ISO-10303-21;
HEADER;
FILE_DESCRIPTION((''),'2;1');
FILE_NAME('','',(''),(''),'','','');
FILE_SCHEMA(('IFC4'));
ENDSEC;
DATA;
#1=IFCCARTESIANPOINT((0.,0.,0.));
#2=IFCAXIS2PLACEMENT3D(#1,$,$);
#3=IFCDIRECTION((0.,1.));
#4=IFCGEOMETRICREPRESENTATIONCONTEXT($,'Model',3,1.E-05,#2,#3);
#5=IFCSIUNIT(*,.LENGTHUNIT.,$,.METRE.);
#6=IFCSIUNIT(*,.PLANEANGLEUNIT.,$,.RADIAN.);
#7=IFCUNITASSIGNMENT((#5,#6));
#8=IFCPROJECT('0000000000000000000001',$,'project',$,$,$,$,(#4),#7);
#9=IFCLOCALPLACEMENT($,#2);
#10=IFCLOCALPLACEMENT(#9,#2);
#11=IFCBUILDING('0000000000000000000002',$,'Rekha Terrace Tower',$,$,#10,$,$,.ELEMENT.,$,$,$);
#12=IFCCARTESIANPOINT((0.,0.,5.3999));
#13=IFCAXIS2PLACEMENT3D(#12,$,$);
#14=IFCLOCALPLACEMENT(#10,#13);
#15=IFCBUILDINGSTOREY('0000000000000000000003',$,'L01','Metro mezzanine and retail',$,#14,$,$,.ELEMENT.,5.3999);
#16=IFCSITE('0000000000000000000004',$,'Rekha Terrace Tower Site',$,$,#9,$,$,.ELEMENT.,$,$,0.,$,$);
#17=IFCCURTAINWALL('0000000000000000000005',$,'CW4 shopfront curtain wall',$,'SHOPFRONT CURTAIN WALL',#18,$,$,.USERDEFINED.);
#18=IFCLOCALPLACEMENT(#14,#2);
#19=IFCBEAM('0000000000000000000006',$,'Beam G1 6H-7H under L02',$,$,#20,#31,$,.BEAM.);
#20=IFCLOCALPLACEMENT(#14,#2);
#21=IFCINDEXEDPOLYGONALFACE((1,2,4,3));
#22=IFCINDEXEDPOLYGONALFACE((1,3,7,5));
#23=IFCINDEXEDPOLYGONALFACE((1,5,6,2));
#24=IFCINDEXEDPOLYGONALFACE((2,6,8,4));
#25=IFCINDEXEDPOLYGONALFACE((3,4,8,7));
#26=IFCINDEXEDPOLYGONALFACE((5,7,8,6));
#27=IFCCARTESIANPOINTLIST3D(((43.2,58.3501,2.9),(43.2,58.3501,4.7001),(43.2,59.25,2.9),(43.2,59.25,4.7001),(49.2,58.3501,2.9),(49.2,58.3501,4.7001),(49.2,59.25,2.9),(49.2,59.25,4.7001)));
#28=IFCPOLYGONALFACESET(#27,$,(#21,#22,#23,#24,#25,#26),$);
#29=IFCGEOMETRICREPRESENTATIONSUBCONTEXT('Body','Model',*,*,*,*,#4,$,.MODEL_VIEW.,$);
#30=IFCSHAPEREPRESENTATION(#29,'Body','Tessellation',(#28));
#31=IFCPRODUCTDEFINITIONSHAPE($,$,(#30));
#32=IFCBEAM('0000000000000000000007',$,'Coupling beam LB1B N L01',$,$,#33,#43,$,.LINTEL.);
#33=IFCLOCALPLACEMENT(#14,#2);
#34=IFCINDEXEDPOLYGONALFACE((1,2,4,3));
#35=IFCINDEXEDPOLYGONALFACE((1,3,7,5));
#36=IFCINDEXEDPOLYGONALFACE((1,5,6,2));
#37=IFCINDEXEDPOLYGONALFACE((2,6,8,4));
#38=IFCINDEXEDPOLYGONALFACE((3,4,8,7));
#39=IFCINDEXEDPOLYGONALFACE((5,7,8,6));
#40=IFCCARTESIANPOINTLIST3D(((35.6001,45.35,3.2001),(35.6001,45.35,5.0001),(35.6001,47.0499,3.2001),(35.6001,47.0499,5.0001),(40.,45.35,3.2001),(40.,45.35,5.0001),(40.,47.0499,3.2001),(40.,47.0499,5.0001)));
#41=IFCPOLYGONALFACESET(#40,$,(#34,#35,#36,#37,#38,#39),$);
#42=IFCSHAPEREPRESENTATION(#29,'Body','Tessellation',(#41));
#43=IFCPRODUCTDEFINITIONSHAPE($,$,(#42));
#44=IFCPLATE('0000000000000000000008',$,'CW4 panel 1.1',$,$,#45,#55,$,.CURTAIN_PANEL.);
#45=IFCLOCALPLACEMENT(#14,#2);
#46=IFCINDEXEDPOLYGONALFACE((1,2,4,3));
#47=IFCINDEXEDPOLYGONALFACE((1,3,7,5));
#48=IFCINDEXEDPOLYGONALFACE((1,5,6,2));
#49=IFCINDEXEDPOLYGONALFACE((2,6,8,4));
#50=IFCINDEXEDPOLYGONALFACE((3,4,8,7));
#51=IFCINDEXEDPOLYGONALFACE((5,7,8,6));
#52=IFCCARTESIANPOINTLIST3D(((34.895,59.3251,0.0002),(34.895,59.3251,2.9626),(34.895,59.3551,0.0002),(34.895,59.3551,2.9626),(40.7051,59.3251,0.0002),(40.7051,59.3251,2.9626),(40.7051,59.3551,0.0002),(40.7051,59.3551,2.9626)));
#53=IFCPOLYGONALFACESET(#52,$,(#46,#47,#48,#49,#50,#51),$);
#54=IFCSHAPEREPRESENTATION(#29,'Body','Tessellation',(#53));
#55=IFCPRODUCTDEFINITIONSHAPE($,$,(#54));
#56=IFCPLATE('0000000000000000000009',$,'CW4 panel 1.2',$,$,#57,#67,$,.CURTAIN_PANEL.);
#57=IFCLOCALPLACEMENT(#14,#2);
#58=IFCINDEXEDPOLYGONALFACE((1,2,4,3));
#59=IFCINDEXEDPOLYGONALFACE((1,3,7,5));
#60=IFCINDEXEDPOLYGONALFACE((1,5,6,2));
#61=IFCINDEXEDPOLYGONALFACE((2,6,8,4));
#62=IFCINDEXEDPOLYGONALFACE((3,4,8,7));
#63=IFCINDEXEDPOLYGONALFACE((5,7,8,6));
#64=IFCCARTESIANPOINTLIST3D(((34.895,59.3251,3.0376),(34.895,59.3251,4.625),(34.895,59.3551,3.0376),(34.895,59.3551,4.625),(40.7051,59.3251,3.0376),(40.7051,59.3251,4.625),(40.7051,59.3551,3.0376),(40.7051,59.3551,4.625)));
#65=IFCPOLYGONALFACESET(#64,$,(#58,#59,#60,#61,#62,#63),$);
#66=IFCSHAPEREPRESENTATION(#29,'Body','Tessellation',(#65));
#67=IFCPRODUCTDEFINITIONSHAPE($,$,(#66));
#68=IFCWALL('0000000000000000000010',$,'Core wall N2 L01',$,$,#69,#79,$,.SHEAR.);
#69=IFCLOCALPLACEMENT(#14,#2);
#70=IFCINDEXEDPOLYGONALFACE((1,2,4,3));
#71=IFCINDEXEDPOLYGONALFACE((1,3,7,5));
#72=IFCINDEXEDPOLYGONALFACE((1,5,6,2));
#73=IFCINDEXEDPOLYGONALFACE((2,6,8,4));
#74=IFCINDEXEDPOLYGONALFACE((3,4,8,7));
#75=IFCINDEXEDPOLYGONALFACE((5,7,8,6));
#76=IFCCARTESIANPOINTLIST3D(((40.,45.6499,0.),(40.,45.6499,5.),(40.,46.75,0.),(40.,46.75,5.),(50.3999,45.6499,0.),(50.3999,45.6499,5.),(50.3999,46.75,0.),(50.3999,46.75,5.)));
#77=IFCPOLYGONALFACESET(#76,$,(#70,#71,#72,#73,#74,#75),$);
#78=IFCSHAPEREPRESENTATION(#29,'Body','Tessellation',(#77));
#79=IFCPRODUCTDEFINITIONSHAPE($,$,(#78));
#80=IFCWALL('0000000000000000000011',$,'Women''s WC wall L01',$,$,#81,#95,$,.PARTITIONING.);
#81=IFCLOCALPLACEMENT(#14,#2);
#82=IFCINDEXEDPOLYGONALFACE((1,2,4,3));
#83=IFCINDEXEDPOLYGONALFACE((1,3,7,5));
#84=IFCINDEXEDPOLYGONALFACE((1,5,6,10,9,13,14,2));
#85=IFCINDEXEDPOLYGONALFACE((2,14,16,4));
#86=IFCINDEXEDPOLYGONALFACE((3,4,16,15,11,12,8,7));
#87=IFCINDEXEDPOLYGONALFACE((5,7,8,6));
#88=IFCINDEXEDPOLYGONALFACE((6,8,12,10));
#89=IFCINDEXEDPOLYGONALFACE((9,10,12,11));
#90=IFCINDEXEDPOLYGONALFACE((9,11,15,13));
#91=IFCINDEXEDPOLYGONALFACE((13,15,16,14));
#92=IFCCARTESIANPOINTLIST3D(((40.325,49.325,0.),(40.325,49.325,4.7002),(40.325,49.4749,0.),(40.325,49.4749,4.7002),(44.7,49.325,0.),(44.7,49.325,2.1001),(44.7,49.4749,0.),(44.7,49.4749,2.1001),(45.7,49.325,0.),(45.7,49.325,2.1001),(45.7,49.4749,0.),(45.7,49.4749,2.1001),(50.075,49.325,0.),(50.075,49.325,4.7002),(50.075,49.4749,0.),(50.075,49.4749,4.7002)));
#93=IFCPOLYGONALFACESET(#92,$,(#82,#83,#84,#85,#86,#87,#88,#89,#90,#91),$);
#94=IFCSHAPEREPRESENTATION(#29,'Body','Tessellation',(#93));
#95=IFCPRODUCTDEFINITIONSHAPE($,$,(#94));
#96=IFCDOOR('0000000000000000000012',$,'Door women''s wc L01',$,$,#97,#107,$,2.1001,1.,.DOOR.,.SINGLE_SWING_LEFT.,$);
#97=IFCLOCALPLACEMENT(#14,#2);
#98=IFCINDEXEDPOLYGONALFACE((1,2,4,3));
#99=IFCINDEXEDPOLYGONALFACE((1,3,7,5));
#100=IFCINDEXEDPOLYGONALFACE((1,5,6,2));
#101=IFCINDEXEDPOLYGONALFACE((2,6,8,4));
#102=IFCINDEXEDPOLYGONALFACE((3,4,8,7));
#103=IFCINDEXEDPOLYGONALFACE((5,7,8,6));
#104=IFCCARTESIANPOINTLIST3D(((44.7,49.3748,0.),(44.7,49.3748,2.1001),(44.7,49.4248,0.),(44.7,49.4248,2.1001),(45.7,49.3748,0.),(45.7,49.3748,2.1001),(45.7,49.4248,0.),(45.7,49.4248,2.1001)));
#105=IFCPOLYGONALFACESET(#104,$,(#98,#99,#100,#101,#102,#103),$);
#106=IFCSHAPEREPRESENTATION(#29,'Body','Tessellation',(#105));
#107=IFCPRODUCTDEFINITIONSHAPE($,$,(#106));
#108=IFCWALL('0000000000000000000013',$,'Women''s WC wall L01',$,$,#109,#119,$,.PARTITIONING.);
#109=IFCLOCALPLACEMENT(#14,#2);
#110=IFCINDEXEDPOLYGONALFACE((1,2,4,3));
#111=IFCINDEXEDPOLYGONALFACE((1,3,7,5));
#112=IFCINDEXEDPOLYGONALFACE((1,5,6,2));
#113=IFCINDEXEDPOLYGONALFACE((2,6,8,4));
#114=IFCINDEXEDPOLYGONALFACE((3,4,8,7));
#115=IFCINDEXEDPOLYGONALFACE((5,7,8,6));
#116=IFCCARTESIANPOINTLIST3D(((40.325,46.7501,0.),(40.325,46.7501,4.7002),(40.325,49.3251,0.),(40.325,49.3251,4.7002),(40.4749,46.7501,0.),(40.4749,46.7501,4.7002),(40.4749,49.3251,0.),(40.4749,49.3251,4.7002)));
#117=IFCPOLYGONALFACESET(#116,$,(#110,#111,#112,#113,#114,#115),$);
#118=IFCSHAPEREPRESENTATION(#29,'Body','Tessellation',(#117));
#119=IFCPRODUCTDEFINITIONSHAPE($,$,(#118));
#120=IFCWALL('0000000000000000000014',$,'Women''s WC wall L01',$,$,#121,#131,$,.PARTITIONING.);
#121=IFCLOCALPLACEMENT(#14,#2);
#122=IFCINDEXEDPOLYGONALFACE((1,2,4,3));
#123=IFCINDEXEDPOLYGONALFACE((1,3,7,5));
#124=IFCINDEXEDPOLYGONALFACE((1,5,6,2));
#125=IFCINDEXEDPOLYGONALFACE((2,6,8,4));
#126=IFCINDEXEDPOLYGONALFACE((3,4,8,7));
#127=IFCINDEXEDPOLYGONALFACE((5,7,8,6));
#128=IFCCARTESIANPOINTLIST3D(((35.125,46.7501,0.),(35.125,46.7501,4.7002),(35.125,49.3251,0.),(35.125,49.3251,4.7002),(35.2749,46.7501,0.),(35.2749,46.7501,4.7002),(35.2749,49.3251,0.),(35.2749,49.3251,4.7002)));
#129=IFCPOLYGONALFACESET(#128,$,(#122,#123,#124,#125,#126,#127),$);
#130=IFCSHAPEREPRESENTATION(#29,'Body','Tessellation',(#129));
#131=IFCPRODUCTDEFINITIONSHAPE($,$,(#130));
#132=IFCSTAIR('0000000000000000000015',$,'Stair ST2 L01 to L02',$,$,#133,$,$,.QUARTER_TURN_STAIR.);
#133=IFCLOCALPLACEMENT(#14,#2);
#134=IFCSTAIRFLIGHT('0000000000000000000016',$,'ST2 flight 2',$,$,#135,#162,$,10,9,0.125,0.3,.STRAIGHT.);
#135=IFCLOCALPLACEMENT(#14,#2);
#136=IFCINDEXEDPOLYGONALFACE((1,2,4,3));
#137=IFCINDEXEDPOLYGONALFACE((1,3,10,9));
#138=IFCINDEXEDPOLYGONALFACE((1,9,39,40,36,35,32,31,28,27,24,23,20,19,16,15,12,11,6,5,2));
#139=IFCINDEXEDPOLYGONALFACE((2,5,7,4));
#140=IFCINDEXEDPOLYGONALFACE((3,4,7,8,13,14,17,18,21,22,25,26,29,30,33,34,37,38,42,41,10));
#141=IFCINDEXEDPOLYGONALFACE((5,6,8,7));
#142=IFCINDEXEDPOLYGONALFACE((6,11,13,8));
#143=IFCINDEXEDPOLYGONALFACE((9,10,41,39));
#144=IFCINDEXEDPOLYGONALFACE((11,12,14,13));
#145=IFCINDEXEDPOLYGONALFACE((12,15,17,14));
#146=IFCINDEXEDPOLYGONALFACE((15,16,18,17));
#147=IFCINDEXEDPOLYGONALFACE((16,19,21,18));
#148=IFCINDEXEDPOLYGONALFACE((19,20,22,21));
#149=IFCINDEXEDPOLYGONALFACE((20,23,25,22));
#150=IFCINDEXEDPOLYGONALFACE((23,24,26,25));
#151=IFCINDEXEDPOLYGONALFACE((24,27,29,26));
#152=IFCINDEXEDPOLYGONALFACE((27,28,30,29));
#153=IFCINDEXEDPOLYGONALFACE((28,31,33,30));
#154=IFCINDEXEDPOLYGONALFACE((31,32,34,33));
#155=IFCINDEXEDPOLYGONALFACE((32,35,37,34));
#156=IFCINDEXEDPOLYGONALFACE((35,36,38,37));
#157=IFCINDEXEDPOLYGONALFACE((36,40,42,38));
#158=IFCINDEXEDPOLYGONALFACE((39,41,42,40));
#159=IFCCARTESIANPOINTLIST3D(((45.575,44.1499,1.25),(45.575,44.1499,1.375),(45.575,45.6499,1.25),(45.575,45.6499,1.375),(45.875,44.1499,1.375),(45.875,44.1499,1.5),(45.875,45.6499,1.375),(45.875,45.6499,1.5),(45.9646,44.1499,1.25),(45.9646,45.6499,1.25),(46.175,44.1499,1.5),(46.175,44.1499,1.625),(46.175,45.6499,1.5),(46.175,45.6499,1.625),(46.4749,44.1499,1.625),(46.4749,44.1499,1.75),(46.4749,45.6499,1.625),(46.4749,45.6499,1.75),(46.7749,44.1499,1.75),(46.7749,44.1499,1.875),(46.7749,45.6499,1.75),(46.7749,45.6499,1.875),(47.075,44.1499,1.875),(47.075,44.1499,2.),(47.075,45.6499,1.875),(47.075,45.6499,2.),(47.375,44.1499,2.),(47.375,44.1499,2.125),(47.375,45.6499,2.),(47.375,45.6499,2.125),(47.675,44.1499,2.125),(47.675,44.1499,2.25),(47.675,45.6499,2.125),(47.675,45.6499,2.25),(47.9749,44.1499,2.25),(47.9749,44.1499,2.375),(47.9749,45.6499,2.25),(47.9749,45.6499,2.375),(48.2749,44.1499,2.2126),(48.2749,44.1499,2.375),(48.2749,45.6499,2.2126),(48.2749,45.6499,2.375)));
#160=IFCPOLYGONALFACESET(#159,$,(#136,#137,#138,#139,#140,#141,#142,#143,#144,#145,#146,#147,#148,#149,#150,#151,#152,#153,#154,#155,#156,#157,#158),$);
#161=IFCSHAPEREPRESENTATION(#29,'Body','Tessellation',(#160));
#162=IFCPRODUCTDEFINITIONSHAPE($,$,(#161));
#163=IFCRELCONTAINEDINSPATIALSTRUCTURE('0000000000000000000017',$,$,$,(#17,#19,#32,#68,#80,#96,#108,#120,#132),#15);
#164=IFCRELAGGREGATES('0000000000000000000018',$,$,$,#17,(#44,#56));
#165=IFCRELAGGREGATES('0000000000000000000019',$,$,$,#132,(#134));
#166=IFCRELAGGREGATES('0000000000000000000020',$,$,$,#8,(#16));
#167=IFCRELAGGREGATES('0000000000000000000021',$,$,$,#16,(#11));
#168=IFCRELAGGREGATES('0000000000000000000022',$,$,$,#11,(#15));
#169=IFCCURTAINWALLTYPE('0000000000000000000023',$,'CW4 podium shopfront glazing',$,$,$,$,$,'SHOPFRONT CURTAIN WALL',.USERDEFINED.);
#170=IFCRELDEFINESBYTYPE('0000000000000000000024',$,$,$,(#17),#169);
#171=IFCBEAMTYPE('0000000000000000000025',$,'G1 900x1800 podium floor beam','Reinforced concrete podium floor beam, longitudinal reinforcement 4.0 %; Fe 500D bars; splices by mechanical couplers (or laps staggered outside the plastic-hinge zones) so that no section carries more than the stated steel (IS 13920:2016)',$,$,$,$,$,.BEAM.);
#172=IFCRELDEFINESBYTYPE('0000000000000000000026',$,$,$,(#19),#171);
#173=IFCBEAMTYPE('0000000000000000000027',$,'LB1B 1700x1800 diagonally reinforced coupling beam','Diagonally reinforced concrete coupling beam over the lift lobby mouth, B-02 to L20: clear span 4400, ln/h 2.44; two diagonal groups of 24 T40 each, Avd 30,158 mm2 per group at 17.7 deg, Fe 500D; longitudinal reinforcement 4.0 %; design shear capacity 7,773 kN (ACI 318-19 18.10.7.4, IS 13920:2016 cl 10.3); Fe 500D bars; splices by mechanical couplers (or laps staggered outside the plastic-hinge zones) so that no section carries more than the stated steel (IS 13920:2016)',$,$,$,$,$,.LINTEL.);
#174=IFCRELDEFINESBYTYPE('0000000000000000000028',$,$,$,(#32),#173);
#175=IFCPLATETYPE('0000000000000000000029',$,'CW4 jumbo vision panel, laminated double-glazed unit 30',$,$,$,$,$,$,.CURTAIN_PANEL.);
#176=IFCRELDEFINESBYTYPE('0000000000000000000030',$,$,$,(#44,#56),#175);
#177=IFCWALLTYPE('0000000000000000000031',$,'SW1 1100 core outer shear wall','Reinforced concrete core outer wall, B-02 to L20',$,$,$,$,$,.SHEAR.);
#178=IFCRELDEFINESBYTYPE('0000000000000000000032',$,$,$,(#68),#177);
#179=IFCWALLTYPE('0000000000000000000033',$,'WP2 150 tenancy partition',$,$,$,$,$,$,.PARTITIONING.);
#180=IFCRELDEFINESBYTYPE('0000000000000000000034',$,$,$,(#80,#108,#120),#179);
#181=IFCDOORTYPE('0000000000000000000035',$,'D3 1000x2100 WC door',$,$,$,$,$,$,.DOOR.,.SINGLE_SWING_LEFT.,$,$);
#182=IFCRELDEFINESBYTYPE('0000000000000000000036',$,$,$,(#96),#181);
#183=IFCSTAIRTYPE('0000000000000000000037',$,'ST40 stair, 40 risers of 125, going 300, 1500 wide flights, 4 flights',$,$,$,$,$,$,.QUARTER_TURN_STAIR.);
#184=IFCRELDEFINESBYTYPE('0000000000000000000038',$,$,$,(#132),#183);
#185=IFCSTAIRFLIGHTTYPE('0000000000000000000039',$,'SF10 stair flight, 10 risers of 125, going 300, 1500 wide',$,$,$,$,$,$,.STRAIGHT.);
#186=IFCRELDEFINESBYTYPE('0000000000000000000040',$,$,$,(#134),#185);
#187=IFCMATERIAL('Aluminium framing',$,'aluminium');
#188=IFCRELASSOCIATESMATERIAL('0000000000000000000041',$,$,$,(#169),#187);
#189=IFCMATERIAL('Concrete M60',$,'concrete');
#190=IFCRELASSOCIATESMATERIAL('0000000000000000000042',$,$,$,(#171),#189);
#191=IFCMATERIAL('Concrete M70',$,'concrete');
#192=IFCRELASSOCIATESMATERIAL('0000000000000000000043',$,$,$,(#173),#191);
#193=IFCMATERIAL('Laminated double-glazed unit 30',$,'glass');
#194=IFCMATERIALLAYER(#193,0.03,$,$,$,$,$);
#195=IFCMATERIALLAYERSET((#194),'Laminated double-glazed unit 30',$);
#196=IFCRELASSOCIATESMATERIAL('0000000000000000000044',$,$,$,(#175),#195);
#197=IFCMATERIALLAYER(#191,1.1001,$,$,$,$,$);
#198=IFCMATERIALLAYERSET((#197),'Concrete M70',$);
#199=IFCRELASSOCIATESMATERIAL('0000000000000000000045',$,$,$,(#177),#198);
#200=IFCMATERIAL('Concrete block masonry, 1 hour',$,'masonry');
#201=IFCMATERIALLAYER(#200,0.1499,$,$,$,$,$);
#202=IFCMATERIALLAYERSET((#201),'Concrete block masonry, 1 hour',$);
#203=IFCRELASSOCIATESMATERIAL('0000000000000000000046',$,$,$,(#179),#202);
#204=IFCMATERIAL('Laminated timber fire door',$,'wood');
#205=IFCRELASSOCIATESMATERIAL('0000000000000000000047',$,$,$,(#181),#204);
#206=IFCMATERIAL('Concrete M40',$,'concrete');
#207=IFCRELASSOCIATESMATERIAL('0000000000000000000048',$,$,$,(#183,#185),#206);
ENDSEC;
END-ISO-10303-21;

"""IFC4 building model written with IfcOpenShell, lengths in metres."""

from ifc_helpers import new_model, si_unit, direction, frame, frame_2d, origin, origin_2d, place, context, subcontext, project, spatial, polyline, rectangle, outline, extrude, material, layer, layer_set, material_profile, profile_set, type_object, element, fill, aggregate, save


model = new_model("IFC4")

# Units and contexts
model_context = context("Model", 3, precision=1e-05, world=origin(), true_north=direction((0.0, 1.0)))
body_context = subcontext(model_context, "Body", "Model", "MODEL_VIEW")
ifc_project = project(units=[si_unit("LENGTHUNIT", "METRE"), si_unit("PLANEANGLEUNIT", "RADIAN")], contexts=[model_context])

# Site, building, storey
site_placement = place(None, origin())
site = spatial("IfcSite", under=ifc_project, at=site_placement, Name="Rekha Terrace Tower Site", CompositionType="ELEMENT", RefElevation=0.0)
building_placement = place(site_placement, origin())
building = spatial("IfcBuilding", under=site, at=building_placement, Name="Rekha Terrace Tower", CompositionType="ELEMENT")
storey_placement = place(building_placement, frame((0.0, 0.0, 5.3999)))
storey = spatial("IfcBuildingStorey", under=building, at=storey_placement, Name="L01", Description="Metro mezzanine and retail", CompositionType="ELEMENT", Elevation=5.3999)

# Shared definitions
ifc_material_1 = material(Name="Concrete M70", Category="concrete")

# Shared definitions
ifc_material_2 = material(Name="Aluminium framing", Category="aluminium")
curtain_wall_type = type_object("IfcCurtainWallType", Name="CW4 podium shopfront glazing", ElementType="SHOPFRONT CURTAIN WALL", PredefinedType="USERDEFINED", material=ifc_material_2)

# Curtain wall
curtain_wall_1_placement = place(storey_placement, origin())
curtain_wall_1 = element("IfcCurtainWall", 1, at=curtain_wall_1_placement, inside=storey, type_object=curtain_wall_type, Name="CW4 shopfront curtain wall", ObjectType="SHOPFRONT CURTAIN WALL", PredefinedType="USERDEFINED")

# Beams
ifc_material_3 = material(Name="Concrete M60", Category="concrete")
ifc_material_profile_1 = material_profile(ifc_material_3, rectangle(XDim=0.8999, YDim=1.8, at=origin_2d()), Name="RC 900x1800")
ifc_profile_set_1 = profile_set([ifc_material_profile_1], Name="Concrete M60")
beam_type_1 = type_object("IfcBeamType", Name="G1 900x1800 podium floor beam", Description="Reinforced concrete podium floor beam, longitudinal reinforcement 4.0 %; Fe 500D bars; splices by mechanical couplers (or laps staggered outside the plastic-hinge zones) so that no section carries more than the stated steel (IS 13920:2016)", PredefinedType="BEAM", material=ifc_profile_set_1)
for number, where, z_axis, x_axis, name in (
    (2, (43.2, 58.8, 3.8), (1.0, 0.0, 0.0), (0.0, 1.0, 0.0), "Beam G1 6H-7H under L02"),
):
    element("IfcBeam", number, at=place(storey_placement, frame(where, z_axis=z_axis, x_axis=x_axis)), inside=storey, type_object=beam_type_1, Name=name, PredefinedType="BEAM", context=body_context, shape_type="SweptSolid", body=[
        extrude(rectangle(XDim=0.8999, YDim=1.8, at=origin_2d()), origin(), (0.0, 0.0, 1.0), 6.0),
    ])
ifc_material_profile_2 = material_profile(ifc_material_1, rectangle(XDim=1.7, YDim=1.8, at=origin_2d()), Name="RC 1700x1800")
ifc_profile_set_2 = profile_set([ifc_material_profile_2], Name="Concrete M70")
beam_type_2 = type_object("IfcBeamType", Name="LB1B 1700x1800 diagonally reinforced coupling beam", Description="Diagonally reinforced concrete coupling beam over the lift lobby mouth, B-02 to L20: clear span 4400, ln/h 2.44; two diagonal groups of 24 T40 each, Avd 30,158 mm2 per group at 17.7 deg, Fe 500D; longitudinal reinforcement 4.0 %; design shear capacity 7,773 kN (ACI 318-19 18.10.7.4, IS 13920:2016 cl 10.3); Fe 500D bars; splices by mechanical couplers (or laps staggered outside the plastic-hinge zones) so that no section carries more than the stated steel (IS 13920:2016)", PredefinedType="LINTEL", material=ifc_profile_set_2)
beam_placement = place(storey_placement, frame((35.6001, 46.2, 4.1001), z_axis=(1.0, 0.0, 0.0), x_axis=(0.0, 1.0, 0.0)))
element("IfcBeam", 3, at=beam_placement, inside=storey, type_object=beam_type_2, Name="Coupling beam LB1B N L01", PredefinedType="LINTEL", context=body_context, shape_type="SweptSolid", body=[
    extrude(rectangle(XDim=1.7, YDim=1.8, at=origin_2d()), origin(), (0.0, 0.0, 1.0), 4.3999),
])

# Plates
ifc_material_4 = material(Name="Laminated double-glazed unit 30", Category="glass")
ifc_layer_1 = layer(ifc_material_4, 0.03)
ifc_layer_set_1 = layer_set([ifc_layer_1], Name="Laminated double-glazed unit 30")
plate_type = type_object("IfcPlateType", Name="CW4 jumbo vision panel, laminated double-glazed unit 30", PredefinedType="CURTAIN_PANEL", material=ifc_layer_set_1)
plate_1_placement = place(storey_placement, frame((37.8, 59.3401, 0.0002), z_axis=(0.0, 0.0, 1.0), x_axis=(-1.0, 0.0, 0.0)))
plate_1 = element("IfcPlate", 4, at=plate_1_placement, type_object=plate_type, Name="CW4 panel 1.1", PredefinedType="CURTAIN_PANEL", context=body_context, shape_type="SweptSolid", body=[
    extrude(rectangle(XDim=5.8101, YDim=0.03, at=origin_2d()), origin(), (0.0, 0.0, 1.0), 2.9624),
])
plate_2_placement = place(storey_placement, frame((37.8, 59.3401, 3.0376), z_axis=(0.0, 0.0, 1.0), x_axis=(-1.0, 0.0, 0.0)))
plate_2 = element("IfcPlate", 5, at=plate_2_placement, type_object=plate_type, Name="CW4 panel 1.2", PredefinedType="CURTAIN_PANEL", context=body_context, shape_type="SweptSolid", body=[
    extrude(rectangle(XDim=5.8101, YDim=0.03, at=origin_2d()), origin(), (0.0, 0.0, 1.0), 1.5874),
])
aggregate(curtain_wall_1, [plate_1, plate_2])

# Wall
ifc_layer_2 = layer(ifc_material_1, 1.1001)
ifc_layer_set_2 = layer_set([ifc_layer_2], Name="Concrete M70")
wall_type_1 = type_object("IfcWallType", Name="SW1 1100 core outer shear wall", Description="Reinforced concrete core outer wall, B-02 to L20", PredefinedType="SHEAR", material=ifc_layer_set_2)
wall_1_placement = place(storey_placement, frame((40.0, 46.2, 0.0), z_axis=(0.0, 0.0, 1.0), x_axis=(1.0, 0.0, 0.0)))
element("IfcWall", 6, at=wall_1_placement, inside=storey, type_object=wall_type_1, Name="Core wall N2 L01", PredefinedType="SHEAR", context=body_context, shape_type="SweptSolid", body=[
    extrude(rectangle(XDim=10.3999, YDim=1.1001, at=frame_2d((5.2, 0.0))), origin(), (0.0, 0.0, 1.0), 5.0),
])

# Wall, opening, door
ifc_material_5 = material(Name="Concrete block masonry, 1 hour", Category="masonry")
ifc_layer_3 = layer(ifc_material_5, 0.1499)
ifc_layer_set_3 = layer_set([ifc_layer_3], Name="Concrete block masonry, 1 hour")
wall_type_2 = type_object("IfcWallType", Name="WP2 150 tenancy partition", PredefinedType="PARTITIONING", material=ifc_layer_set_3)
wall_2_placement = place(storey_placement, frame((40.325, 49.3999, 0.0), z_axis=(0.0, 0.0, 1.0), x_axis=(1.0, 0.0, 0.0)))
wall_2 = element("IfcWall", 7, at=wall_2_placement, inside=storey, type_object=wall_type_2, Name="Women's WC wall L01", PredefinedType="PARTITIONING", context=body_context, shape_type="SweptSolid", body=[
    extrude(rectangle(XDim=9.75, YDim=0.1499, at=frame_2d((4.875, 0.0))), origin(), (0.0, 0.0, 1.0), 4.7002),
])
opening_placement = place(wall_2_placement, frame((4.375, 0.0, 0.0)))
opening = element("IfcOpeningElement", 8, at=opening_placement, cuts=wall_2, PredefinedType="OPENING", context=body_context, shape_type="SweptSolid", body=[
    extrude(rectangle(XDim=1.0, YDim=2.1001, at=frame_2d((0.5, 1.05))), frame((0.0, 0.085, 0.0), z_axis=(0.0, -1.0, 0.0), x_axis=(1.0, 0.0, 0.0)), (0.0, 0.0, 1.0), 0.1699),
])
ifc_material_6 = material(Name="Laminated timber fire door", Category="wood")
door_type = type_object("IfcDoorType", Name="D3 1000x2100 WC door", OperationType="SINGLE_SWING_LEFT", PredefinedType="DOOR", material=ifc_material_6)
door_placement = place(opening_placement, origin())
door = element("IfcDoor", 9, at=door_placement, inside=storey, type_object=door_type, Name="Door women's wc L01", OperationType="SINGLE_SWING_LEFT", OverallHeight=2.1001, OverallWidth=1.0, PredefinedType="DOOR", context=body_context, shape_type="SweptSolid", body=[
    extrude(rectangle(XDim=1.0, YDim=2.1001, at=frame_2d((0.5, 1.05))), frame((0.0, 0.0249, 0.0), z_axis=(0.0, -1.0, 0.0), x_axis=(1.0, 0.0, 0.0)), (0.0, 0.0, 1.0), 0.05),
])
fill(opening, door)

# Walls
for number, where, z_axis, x_axis, name in (
    (10, (40.3999, 46.75, 0.0), (0.0, 0.0, 1.0), (0.0, 1.0, 0.0), "Women's WC wall L01"),
    (11, (35.2, 46.75, 0.0), (0.0, 0.0, 1.0), (0.0, 1.0, 0.0), "Women's WC wall L01"),
):
    element("IfcWall", number, at=place(storey_placement, frame(where, z_axis=z_axis, x_axis=x_axis)), inside=storey, type_object=wall_type_2, Name=name, PredefinedType="PARTITIONING", context=body_context, shape_type="SweptSolid", body=[
        extrude(rectangle(XDim=2.575, YDim=0.1499, at=frame_2d((1.2876, 0.0))), origin(), (0.0, 0.0, 1.0), 4.7002),
    ])

# Stair, stair flight
ifc_material_7 = material(Name="Concrete M40", Category="concrete")
stair_type = type_object("IfcStairType", Name="ST40 stair, 40 risers of 125, going 300, 1500 wide flights, 4 flights", PredefinedType="QUARTER_TURN_STAIR", material=ifc_material_7)
stair_placement = place(storey_placement, origin())
stair = element("IfcStair", 12, at=stair_placement, inside=storey, type_object=stair_type, Name="Stair ST2 L01 to L02", PredefinedType="QUARTER_TURN_STAIR")
stair_flight_type = type_object("IfcStairFlightType", Name="SF10 stair flight, 10 risers of 125, going 300, 1500 wide", PredefinedType="STRAIGHT", material=ifc_material_7)
stair_flight_placement = place(storey_placement, frame((45.575, 44.8999, 1.25), z_axis=(0.0, 0.0, 1.0), x_axis=(1.0, 0.0, 0.0)))
stair_flight = element("IfcStairFlight", 13, at=stair_flight_placement, type_object=stair_flight_type, Name="ST2 flight 2", NumberOfRisers=10, NumberOfTreads=9, PredefinedType="STRAIGHT", RiserHeight=0.125, TreadLength=0.3, context=body_context, shape_type="SweptSolid", body=[
    extrude(outline(polyline([(0.0, 0.0), (0.0, 0.125), (0.3, 0.125), (0.3, 0.25), (0.6001, 0.25), (0.6001, 0.375), (0.8999, 0.375), (0.8999, 0.5), (1.2, 0.5), (1.2, 0.625), (1.5, 0.625), (1.5, 0.75), (1.8, 0.75), (1.8, 0.875), (2.1001, 0.875), (2.1001, 1.0), (2.3999, 1.0), (2.3999, 1.125), (2.7, 1.125), (2.7, 1.25), (2.7, 0.9626), (0.3896, 0.0), (0.0, 0.0)])), frame((0.0, 0.75, 0.0), z_axis=(0.0, -1.0, 0.0), x_axis=(1.0, 0.0, 0.0)), (0.0, 0.0, 1.0), 1.5),
])
aggregate(stair, [stair_flight])

save(model, "model.ifc")
